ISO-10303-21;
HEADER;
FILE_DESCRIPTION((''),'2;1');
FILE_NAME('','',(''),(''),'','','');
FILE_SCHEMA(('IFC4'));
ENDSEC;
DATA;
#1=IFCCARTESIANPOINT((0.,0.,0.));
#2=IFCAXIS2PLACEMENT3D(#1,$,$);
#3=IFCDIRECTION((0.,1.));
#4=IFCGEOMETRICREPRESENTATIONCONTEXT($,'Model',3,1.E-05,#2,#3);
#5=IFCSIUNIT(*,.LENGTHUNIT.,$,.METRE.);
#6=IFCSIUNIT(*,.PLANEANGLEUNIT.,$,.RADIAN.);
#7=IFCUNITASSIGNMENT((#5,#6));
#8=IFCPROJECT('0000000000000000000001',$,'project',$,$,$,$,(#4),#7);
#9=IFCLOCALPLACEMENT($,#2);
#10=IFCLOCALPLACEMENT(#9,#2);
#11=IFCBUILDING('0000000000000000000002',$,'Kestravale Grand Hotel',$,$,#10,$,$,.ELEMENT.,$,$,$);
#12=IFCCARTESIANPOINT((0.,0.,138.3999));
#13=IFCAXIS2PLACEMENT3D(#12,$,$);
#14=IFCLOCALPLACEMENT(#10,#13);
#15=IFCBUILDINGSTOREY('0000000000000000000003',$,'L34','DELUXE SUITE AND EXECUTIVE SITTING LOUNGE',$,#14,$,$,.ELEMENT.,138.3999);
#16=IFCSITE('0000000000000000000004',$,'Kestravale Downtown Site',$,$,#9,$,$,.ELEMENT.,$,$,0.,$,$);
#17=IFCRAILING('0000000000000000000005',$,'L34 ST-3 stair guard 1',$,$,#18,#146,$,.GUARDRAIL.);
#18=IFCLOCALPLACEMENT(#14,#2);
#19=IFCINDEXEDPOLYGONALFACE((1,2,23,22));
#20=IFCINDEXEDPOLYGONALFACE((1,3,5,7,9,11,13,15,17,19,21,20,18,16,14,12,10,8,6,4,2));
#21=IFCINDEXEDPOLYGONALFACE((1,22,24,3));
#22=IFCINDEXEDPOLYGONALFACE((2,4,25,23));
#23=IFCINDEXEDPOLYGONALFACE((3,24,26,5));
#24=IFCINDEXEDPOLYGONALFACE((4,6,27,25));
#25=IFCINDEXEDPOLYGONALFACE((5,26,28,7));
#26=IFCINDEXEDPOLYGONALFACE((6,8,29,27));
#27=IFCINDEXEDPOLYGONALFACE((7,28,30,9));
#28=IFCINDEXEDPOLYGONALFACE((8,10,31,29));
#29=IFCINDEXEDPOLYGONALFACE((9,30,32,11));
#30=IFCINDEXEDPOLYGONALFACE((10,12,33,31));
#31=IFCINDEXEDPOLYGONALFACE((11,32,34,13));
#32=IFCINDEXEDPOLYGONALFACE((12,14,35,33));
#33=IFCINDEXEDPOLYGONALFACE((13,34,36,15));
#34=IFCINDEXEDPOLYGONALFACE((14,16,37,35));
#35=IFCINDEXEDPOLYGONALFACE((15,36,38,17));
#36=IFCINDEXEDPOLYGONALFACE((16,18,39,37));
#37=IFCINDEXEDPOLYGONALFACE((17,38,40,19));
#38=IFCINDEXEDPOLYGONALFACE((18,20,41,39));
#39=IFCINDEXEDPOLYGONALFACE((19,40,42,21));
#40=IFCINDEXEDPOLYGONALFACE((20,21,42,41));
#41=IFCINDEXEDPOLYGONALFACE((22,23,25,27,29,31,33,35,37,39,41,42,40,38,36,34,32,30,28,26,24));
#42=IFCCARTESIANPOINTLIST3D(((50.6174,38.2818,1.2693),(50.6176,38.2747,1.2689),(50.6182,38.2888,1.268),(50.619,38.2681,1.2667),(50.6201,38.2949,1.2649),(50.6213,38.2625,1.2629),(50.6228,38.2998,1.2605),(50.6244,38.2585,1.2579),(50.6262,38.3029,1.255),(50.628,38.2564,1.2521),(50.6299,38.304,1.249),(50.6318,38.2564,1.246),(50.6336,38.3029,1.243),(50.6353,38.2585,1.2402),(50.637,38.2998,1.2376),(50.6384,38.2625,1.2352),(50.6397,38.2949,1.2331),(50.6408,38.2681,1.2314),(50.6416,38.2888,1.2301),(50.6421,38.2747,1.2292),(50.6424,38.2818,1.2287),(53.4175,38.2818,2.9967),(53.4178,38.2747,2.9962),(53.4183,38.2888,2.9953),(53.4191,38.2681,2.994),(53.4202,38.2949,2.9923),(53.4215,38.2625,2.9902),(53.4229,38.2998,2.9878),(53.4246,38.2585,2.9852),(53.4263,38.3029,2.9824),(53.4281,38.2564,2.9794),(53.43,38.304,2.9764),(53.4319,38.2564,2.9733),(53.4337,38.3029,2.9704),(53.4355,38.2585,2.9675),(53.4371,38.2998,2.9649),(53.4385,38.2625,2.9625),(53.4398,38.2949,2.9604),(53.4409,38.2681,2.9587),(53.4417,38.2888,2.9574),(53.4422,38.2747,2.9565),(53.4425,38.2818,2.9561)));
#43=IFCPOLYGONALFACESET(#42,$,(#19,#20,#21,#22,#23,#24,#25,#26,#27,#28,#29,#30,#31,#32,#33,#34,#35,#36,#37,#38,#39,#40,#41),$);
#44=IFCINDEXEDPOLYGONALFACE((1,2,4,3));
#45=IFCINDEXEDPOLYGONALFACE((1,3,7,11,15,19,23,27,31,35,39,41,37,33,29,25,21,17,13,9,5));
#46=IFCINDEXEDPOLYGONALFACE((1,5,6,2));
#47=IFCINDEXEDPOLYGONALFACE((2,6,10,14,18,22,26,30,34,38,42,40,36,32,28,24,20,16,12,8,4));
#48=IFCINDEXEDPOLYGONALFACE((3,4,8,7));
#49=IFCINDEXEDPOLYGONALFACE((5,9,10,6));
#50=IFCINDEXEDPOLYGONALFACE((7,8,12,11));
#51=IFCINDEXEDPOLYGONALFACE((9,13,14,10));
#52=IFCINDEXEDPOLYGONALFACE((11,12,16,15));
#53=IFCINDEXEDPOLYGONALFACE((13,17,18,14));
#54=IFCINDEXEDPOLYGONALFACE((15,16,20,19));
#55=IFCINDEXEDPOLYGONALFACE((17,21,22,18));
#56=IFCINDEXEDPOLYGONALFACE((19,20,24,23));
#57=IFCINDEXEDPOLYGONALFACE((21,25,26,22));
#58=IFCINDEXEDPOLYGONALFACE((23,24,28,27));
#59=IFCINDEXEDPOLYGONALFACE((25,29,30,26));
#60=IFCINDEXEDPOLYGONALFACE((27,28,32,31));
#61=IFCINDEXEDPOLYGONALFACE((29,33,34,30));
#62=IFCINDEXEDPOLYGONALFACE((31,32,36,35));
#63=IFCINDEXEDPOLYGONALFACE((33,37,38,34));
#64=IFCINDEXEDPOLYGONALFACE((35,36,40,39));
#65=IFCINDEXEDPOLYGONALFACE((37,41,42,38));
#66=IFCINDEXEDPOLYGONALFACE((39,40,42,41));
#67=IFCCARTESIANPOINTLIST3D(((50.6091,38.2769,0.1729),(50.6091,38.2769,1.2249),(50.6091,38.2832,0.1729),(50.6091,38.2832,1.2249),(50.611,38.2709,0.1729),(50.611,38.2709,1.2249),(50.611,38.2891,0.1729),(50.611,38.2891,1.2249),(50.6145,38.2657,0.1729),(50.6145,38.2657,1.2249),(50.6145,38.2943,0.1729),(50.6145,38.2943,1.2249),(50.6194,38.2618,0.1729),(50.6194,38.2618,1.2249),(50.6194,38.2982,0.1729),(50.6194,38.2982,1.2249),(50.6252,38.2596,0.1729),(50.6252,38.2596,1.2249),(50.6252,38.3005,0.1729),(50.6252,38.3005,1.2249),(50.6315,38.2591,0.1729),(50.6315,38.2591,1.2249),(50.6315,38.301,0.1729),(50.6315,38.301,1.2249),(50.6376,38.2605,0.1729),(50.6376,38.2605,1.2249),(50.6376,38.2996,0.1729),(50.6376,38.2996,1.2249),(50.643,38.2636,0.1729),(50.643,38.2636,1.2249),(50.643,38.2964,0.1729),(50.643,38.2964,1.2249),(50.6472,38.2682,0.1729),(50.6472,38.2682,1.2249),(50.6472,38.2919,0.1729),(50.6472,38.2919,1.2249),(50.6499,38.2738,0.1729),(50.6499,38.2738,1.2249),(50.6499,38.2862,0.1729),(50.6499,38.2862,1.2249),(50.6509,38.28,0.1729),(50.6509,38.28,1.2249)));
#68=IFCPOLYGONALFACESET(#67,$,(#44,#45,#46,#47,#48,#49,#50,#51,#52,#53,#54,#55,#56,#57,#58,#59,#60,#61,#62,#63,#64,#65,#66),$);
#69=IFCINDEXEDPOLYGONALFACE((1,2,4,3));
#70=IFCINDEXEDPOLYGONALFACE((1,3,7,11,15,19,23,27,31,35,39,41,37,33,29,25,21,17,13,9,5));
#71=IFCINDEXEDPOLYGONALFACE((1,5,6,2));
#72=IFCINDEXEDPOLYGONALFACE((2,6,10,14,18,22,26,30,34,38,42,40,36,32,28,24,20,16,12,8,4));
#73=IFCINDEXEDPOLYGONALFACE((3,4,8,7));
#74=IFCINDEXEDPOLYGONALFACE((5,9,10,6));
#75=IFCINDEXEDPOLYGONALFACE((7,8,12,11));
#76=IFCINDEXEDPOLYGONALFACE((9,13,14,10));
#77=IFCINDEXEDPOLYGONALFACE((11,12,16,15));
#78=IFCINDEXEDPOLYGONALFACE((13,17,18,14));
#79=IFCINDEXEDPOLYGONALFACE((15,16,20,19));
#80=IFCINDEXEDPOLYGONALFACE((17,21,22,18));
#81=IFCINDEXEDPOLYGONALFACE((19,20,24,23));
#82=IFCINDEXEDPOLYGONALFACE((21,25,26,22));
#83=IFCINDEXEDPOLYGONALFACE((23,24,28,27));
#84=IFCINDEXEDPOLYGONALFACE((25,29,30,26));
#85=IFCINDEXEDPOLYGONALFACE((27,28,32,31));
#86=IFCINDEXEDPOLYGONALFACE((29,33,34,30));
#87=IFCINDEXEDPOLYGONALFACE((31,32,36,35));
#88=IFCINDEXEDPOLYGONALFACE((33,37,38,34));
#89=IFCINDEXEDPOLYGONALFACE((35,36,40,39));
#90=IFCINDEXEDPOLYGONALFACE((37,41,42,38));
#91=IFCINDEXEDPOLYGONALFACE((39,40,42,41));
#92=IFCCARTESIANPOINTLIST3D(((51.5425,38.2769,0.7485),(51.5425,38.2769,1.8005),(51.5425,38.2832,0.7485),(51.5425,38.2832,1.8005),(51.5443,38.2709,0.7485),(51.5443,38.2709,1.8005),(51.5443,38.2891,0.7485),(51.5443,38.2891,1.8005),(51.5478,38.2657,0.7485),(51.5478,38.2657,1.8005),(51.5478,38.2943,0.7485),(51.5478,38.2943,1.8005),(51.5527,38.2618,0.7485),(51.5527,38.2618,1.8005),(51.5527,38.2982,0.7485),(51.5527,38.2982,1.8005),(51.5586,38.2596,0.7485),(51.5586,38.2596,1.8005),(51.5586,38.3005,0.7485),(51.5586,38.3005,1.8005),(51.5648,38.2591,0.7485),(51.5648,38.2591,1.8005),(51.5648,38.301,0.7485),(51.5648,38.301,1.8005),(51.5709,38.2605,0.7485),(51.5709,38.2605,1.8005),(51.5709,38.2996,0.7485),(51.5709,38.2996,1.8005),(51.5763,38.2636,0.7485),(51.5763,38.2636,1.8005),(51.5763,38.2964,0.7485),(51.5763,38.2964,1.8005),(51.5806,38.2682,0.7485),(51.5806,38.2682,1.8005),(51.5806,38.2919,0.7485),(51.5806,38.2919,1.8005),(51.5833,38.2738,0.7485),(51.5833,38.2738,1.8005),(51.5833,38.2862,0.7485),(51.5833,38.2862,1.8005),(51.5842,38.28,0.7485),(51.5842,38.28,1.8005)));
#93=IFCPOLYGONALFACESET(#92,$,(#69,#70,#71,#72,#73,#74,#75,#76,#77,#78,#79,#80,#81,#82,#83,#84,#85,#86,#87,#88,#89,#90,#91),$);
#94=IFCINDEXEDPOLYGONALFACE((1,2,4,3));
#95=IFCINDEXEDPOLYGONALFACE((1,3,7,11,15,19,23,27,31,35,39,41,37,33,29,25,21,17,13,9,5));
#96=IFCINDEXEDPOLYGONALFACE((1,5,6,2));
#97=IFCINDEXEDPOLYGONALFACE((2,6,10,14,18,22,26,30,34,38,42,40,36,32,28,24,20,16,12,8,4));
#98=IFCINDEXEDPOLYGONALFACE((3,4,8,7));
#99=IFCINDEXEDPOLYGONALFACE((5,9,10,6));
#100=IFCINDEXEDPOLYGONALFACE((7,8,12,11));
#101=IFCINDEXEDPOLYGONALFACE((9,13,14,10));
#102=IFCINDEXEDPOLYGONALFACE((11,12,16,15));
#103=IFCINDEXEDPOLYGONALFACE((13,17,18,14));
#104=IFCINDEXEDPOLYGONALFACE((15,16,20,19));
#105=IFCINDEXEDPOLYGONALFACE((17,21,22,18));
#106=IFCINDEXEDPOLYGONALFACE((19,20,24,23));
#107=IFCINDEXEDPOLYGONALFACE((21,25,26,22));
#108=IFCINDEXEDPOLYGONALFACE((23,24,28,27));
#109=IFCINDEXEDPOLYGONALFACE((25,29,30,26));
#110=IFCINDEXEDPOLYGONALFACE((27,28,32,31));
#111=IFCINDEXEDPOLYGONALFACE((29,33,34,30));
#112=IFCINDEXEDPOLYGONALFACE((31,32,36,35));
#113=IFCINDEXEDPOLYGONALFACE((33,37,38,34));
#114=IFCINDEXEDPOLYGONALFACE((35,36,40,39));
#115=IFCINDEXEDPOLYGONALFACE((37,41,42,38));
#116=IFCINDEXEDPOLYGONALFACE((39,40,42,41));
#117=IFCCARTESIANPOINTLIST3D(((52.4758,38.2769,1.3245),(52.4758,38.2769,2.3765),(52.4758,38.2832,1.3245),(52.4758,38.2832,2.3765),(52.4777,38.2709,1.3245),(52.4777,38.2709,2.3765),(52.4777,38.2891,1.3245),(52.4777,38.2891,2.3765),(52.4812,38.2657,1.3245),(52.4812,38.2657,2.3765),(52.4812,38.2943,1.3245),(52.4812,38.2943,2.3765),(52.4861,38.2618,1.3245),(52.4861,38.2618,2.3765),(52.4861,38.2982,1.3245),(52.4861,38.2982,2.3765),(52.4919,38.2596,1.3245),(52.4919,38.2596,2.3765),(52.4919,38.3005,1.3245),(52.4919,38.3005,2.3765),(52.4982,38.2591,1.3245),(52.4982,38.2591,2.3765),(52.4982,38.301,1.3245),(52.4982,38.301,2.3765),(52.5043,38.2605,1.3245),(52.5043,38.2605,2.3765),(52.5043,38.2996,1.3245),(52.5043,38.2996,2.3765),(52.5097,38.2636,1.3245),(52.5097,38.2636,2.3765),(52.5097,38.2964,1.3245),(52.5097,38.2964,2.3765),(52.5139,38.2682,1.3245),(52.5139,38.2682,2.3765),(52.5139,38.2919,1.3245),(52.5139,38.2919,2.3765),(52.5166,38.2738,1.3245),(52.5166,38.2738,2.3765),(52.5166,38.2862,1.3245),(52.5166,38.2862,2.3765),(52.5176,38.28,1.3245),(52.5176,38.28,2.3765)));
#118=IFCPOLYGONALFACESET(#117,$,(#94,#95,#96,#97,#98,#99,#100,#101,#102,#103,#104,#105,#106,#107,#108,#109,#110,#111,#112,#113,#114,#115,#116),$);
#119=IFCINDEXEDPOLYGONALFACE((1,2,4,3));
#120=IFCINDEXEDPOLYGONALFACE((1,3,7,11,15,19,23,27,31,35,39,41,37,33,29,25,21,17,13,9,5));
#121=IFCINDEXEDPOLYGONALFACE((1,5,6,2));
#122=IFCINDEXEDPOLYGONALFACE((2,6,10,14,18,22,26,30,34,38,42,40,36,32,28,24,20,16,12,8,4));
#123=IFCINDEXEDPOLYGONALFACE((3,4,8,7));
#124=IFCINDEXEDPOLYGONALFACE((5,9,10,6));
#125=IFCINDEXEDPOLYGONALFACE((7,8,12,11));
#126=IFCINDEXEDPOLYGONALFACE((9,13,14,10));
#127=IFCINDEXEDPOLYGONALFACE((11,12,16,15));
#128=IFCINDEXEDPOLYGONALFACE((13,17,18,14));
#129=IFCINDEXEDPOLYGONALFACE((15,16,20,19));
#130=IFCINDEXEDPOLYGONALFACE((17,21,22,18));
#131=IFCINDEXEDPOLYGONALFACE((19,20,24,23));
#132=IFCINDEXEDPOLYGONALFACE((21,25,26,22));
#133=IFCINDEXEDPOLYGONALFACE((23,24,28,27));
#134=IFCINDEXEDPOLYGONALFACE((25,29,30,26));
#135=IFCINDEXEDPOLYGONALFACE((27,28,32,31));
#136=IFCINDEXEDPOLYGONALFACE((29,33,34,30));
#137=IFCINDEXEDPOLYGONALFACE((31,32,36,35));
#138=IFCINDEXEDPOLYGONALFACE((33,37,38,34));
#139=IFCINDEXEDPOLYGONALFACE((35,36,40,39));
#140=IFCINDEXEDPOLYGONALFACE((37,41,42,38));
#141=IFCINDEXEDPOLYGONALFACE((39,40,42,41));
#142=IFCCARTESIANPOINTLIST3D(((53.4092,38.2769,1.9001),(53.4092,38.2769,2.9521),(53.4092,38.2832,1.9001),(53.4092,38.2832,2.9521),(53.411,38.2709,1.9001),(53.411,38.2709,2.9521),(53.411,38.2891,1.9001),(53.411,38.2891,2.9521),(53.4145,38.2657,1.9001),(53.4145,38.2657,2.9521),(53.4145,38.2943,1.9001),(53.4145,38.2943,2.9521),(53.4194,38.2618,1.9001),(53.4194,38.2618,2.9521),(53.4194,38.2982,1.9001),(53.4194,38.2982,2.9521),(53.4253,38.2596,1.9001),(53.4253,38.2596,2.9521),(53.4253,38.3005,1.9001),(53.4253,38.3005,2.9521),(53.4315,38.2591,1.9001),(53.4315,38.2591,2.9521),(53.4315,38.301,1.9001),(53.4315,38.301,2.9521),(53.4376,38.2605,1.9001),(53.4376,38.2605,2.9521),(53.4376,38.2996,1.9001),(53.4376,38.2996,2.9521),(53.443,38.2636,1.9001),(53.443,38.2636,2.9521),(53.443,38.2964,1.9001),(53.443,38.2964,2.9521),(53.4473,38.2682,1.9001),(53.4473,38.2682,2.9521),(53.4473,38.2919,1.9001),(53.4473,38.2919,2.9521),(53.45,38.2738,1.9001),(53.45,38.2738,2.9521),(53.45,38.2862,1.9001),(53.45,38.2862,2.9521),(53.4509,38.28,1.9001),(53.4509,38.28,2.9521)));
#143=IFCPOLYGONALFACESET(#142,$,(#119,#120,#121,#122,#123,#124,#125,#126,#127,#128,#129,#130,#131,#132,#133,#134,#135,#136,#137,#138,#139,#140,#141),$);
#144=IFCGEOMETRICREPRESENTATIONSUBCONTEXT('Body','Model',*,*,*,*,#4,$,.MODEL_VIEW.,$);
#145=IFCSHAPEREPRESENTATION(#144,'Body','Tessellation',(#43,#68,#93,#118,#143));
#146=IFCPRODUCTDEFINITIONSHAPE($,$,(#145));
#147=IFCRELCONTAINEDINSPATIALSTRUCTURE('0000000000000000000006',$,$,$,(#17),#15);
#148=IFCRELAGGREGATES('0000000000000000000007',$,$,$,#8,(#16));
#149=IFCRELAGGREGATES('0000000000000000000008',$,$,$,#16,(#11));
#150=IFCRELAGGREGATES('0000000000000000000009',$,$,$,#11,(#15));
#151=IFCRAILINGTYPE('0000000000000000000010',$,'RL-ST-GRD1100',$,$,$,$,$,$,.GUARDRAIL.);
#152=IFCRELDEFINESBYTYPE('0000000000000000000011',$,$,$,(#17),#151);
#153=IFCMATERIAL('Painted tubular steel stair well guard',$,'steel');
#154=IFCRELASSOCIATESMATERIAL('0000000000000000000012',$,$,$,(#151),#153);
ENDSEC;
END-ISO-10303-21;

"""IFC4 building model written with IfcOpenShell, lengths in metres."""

from ifc_helpers import new_model, si_unit, direction, frame, origin, origin_2d, place, context, subcontext, project, spatial, circle, extrude, material, type_object, element, save


model = new_model("IFC4")

# Units and contexts
model_context = context("Model", 3, precision=1e-05, world=origin(), true_north=direction((0.0, 1.0)))
body_context = subcontext(model_context, "Body", "Model", "MODEL_VIEW")
ifc_project = project(units=[si_unit("LENGTHUNIT", "METRE"), si_unit("PLANEANGLEUNIT", "RADIAN")], contexts=[model_context])

# Site, building, storey
site_placement = place(None, origin())
site = spatial("IfcSite", under=ifc_project, at=site_placement, Name="Kestravale Downtown Site", CompositionType="ELEMENT", RefElevation=0.0)
building_placement = place(site_placement, origin())
building = spatial("IfcBuilding", under=site, at=building_placement, Name="Kestravale Grand Hotel", CompositionType="ELEMENT")
storey_placement = place(building_placement, frame((0.0, 0.0, 138.3999)))
storey = spatial("IfcBuildingStorey", under=building, at=storey_placement, Name="L34", Description="DELUXE SUITE AND EXECUTIVE SITTING LOUNGE", CompositionType="ELEMENT", Elevation=138.3999)

# Railing
ifc_material_1 = material(Name="Painted tubular steel stair well guard", Category="steel")
railing_type_1 = type_object("IfcRailingType", Name="RL-ST-GRD1100", PredefinedType="GUARDRAIL", material=ifc_material_1)
railing_1_placement = place(storey_placement, frame((50.6299, 38.28, 0.1729)))
element("IfcRailing", 1, at=railing_1_placement, inside=storey, type_object=railing_type_1, Name="L34 ST-3 stair guard 1", PredefinedType="GUARDRAIL", context=body_context, shape_type="SweptSolid", body=[
    extrude(circle(Radius=0.0239, at=origin_2d()), frame((0.0, 0.0, 1.0762), z_axis=(0.85109, 0.0, 0.52502), x_axis=(0.0, 1.0, 0.0)), (0.0, 0.0, 1.0), 3.29),
    extrude(circle(Radius=0.021, at=origin_2d()), origin(), (0.0, 0.0, 1.0), 1.052),
    extrude(circle(Radius=0.021, at=origin_2d()), frame((0.9333, 0.0, 0.5757)), (0.0, 0.0, 1.0), 1.052),
    extrude(circle(Radius=0.021, at=origin_2d()), frame((1.8667, 0.0, 1.1516)), (0.0, 0.0, 1.0), 1.052),
    extrude(circle(Radius=0.021, at=origin_2d()), frame((2.8, 0.0, 1.7273)), (0.0, 0.0, 1.0), 1.052),
])

save(model, "model.ifc")
